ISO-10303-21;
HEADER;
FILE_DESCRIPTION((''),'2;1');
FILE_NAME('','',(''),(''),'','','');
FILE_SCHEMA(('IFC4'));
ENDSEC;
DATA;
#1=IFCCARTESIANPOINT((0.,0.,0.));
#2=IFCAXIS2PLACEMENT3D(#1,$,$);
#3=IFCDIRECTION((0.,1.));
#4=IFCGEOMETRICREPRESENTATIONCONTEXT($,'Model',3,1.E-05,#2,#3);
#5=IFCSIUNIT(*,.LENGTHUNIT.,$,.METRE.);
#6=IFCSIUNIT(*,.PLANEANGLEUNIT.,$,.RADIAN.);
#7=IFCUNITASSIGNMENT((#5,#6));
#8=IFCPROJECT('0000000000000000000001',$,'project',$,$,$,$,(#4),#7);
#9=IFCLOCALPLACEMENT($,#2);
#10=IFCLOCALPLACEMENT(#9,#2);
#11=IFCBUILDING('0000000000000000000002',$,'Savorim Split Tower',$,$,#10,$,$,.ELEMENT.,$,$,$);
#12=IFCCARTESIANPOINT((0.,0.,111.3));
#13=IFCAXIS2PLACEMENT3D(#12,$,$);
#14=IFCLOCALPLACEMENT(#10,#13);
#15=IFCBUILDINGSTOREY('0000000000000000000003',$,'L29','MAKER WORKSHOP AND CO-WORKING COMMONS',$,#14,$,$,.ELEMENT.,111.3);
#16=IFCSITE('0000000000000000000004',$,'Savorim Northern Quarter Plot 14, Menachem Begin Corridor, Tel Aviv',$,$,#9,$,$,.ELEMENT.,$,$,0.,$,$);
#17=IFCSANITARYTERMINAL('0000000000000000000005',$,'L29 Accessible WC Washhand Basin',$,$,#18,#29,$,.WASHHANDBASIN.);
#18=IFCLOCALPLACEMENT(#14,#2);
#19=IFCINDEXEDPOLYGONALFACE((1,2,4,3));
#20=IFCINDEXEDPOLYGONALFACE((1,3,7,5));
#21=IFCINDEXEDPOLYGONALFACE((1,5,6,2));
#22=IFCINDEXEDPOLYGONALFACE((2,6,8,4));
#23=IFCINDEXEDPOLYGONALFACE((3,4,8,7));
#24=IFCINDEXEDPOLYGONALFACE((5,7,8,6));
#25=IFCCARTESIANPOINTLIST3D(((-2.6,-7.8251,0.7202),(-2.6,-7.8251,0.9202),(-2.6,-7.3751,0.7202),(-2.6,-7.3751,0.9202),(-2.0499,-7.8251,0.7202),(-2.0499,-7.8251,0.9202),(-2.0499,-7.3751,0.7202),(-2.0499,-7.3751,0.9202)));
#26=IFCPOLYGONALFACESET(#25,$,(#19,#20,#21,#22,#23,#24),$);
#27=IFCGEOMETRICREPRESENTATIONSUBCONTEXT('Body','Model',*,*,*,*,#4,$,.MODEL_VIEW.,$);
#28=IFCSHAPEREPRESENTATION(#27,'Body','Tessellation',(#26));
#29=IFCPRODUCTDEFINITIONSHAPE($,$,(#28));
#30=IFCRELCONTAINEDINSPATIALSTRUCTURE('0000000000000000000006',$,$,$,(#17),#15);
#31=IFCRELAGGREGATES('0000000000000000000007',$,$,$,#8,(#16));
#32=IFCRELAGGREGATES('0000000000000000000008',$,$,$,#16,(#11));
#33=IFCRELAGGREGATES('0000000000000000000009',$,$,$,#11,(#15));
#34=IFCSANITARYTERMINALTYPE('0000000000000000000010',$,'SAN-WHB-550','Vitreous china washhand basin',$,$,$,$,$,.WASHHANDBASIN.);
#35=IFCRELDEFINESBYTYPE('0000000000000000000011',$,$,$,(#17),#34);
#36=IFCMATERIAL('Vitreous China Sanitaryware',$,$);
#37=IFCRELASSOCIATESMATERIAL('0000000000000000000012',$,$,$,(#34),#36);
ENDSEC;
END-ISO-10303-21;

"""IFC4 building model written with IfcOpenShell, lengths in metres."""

from ifc_helpers import new_model, si_unit, direction, frame, origin, origin_2d, place, context, subcontext, project, spatial, rectangle, extrude, material, type_object, element, save


model = new_model("IFC4")

# Units and contexts
model_context = context("Model", 3, precision=1e-05, world=origin(), true_north=direction((0.0, 1.0)))
body_context = subcontext(model_context, "Body", "Model", "MODEL_VIEW")
ifc_project = project(units=[si_unit("LENGTHUNIT", "METRE"), si_unit("PLANEANGLEUNIT", "RADIAN")], contexts=[model_context])

# Site, building, storey
site_placement = place(None, origin())
site = spatial("IfcSite", under=ifc_project, at=site_placement, Name="Savorim Northern Quarter Plot 14, Menachem Begin Corridor, Tel Aviv", CompositionType="ELEMENT", RefElevation=0.0)
building_placement = place(site_placement, origin())
building = spatial("IfcBuilding", under=site, at=building_placement, Name="Savorim Split Tower", CompositionType="ELEMENT")
storey_placement = place(building_placement, frame((0.0, 0.0, 111.3)))
storey = spatial("IfcBuildingStorey", under=building, at=storey_placement, Name="L29", Description="MAKER WORKSHOP AND CO-WORKING COMMONS", CompositionType="ELEMENT", Elevation=111.3)

# Sanitary terminal
ifc_material_1 = material(Name="Vitreous China Sanitaryware")
sanitary_terminal_type_1 = type_object("IfcSanitaryTerminalType", Name="SAN-WHB-550", Description="Vitreous china washhand basin", PredefinedType="WASHHANDBASIN", material=ifc_material_1)
sanitary_terminal_1_placement = place(storey_placement, frame((-2.325, -7.6001, 0.7202), z_axis=(0.0, 0.0, 1.0), x_axis=(1.0, 0.0, 0.0)))
element("IfcSanitaryTerminal", 1, at=sanitary_terminal_1_placement, inside=storey, type_object=sanitary_terminal_type_1, Name="L29 Accessible WC Washhand Basin", PredefinedType="WASHHANDBASIN", context=body_context, shape_type="SweptSolid", body=[
    extrude(rectangle(XDim=0.55, YDim=0.45, at=origin_2d()), origin(), (0.0, 0.0, 1.0), 0.2),
])

save(model, "model.ifc")
